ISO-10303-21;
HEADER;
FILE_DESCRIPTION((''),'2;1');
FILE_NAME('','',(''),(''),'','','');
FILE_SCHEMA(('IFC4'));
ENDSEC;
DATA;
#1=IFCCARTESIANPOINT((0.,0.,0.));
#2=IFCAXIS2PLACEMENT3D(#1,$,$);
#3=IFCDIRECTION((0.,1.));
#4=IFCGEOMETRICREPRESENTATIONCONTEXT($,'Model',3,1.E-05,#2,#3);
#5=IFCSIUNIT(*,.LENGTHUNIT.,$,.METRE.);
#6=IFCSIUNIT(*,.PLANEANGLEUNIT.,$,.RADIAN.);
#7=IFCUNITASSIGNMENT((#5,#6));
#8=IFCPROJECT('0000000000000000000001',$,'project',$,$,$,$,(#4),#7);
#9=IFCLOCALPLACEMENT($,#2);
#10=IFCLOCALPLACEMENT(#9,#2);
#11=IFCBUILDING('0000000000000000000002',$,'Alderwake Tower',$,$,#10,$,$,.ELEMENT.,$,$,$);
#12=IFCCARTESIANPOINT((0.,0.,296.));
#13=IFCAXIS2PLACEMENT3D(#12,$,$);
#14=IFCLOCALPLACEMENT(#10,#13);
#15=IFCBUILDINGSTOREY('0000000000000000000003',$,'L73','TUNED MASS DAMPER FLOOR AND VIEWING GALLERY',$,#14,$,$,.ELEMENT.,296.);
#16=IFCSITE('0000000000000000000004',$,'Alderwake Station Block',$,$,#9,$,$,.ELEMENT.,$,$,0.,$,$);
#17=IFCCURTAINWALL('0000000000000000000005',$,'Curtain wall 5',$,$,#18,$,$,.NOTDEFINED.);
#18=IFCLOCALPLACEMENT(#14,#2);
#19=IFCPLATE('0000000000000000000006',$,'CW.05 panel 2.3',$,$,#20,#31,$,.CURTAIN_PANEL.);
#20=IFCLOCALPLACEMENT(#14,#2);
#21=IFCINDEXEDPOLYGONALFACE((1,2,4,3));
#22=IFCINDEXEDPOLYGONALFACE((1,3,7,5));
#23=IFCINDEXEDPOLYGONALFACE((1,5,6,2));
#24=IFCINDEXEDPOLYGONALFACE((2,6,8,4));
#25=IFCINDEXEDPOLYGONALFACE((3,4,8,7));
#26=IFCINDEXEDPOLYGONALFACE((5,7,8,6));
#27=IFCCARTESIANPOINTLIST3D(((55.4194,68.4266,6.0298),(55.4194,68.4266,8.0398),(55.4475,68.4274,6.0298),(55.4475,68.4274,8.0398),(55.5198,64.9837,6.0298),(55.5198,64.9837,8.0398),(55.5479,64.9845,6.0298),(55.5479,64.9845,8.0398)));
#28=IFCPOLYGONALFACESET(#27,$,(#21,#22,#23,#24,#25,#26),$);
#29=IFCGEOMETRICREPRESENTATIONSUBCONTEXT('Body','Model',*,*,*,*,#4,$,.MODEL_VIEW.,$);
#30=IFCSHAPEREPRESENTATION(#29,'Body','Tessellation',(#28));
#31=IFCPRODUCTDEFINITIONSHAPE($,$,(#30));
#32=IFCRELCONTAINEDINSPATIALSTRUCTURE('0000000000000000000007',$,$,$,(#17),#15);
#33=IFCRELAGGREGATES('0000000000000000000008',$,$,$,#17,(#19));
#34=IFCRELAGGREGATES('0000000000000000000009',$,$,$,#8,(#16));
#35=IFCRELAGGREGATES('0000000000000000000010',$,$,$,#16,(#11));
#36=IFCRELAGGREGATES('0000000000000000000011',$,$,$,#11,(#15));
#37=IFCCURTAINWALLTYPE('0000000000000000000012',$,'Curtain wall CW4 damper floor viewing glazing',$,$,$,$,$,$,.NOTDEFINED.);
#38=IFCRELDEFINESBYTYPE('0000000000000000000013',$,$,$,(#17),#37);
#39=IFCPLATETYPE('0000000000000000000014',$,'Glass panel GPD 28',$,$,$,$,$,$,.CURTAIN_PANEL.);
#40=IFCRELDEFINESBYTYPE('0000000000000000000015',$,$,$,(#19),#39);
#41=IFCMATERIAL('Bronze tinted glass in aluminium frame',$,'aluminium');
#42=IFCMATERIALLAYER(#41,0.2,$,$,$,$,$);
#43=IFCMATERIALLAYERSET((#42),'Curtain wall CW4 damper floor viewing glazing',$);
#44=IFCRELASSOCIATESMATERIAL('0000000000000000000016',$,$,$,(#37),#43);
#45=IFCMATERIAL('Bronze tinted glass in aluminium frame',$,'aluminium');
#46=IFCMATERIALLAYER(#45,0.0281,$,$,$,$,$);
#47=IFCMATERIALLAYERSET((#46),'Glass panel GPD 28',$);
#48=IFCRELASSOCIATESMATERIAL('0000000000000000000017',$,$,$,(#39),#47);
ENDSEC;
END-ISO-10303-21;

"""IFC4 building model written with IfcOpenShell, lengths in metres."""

from ifc_helpers import new_model, si_unit, direction, frame, origin, origin_2d, place, context, subcontext, project, spatial, rectangle, extrude, material, layer, layer_set, type_object, element, aggregate, save


model = new_model("IFC4")

# Units and contexts
model_context = context("Model", 3, precision=1e-05, world=origin(), true_north=direction((0.0, 1.0)))
body_context = subcontext(model_context, "Body", "Model", "MODEL_VIEW")
ifc_project = project(units=[si_unit("LENGTHUNIT", "METRE"), si_unit("PLANEANGLEUNIT", "RADIAN")], contexts=[model_context])

# Site, building, storey
site_placement = place(None, origin())
site = spatial("IfcSite", under=ifc_project, at=site_placement, Name="Alderwake Station Block", CompositionType="ELEMENT", RefElevation=0.0)
building_placement = place(site_placement, origin())
building = spatial("IfcBuilding", under=site, at=building_placement, Name="Alderwake Tower", CompositionType="ELEMENT")
storey_placement = place(building_placement, frame((0.0, 0.0, 296.0)))
storey = spatial("IfcBuildingStorey", under=building, at=storey_placement, Name="L73", Description="TUNED MASS DAMPER FLOOR AND VIEWING GALLERY", CompositionType="ELEMENT", Elevation=296.0)

# Shared definitions
ifc_material_1 = material(Name="Bronze tinted glass in aluminium frame", Category="aluminium")
ifc_layer_1 = layer(ifc_material_1, 0.2)
ifc_layer_set_1 = layer_set([ifc_layer_1], Name="Curtain wall CW4 damper floor viewing glazing")
curtain_wall_type = type_object("IfcCurtainWallType", Name="Curtain wall CW4 damper floor viewing glazing", PredefinedType="NOTDEFINED", material=ifc_layer_set_1)

# Curtain wall
curtain_wall_1_placement = place(storey_placement, origin())
curtain_wall_1 = element("IfcCurtainWall", 1, at=curtain_wall_1_placement, inside=storey, type_object=curtain_wall_type, Name="Curtain wall 5", PredefinedType="NOTDEFINED")

# Plate
ifc_material_2 = material(Name="Bronze tinted glass in aluminium frame", Category="aluminium")
ifc_layer_2 = layer(ifc_material_2, 0.0281)
ifc_layer_set_2 = layer_set([ifc_layer_2], Name="Glass panel GPD 28")
plate_type = type_object("IfcPlateType", Name="Glass panel GPD 28", PredefinedType="CURTAIN_PANEL", material=ifc_layer_set_2)
plate_1_placement = place(storey_placement, frame((55.4836, 66.7056, 6.0298), z_axis=(0.0, 0.0, 1.0), x_axis=(-0.029158, 0.999575, 0.0)))
plate_1 = element("IfcPlate", 2, at=plate_1_placement, type_object=plate_type, Name="CW.05 panel 2.3", PredefinedType="CURTAIN_PANEL", context=body_context, shape_type="SweptSolid", body=[
    extrude(rectangle(XDim=3.4443, YDim=0.0281, at=origin_2d()), origin(), (0.0, 0.0, 1.0), 2.01),
])
aggregate(curtain_wall_1, [plate_1])

save(model, "model.ifc")
